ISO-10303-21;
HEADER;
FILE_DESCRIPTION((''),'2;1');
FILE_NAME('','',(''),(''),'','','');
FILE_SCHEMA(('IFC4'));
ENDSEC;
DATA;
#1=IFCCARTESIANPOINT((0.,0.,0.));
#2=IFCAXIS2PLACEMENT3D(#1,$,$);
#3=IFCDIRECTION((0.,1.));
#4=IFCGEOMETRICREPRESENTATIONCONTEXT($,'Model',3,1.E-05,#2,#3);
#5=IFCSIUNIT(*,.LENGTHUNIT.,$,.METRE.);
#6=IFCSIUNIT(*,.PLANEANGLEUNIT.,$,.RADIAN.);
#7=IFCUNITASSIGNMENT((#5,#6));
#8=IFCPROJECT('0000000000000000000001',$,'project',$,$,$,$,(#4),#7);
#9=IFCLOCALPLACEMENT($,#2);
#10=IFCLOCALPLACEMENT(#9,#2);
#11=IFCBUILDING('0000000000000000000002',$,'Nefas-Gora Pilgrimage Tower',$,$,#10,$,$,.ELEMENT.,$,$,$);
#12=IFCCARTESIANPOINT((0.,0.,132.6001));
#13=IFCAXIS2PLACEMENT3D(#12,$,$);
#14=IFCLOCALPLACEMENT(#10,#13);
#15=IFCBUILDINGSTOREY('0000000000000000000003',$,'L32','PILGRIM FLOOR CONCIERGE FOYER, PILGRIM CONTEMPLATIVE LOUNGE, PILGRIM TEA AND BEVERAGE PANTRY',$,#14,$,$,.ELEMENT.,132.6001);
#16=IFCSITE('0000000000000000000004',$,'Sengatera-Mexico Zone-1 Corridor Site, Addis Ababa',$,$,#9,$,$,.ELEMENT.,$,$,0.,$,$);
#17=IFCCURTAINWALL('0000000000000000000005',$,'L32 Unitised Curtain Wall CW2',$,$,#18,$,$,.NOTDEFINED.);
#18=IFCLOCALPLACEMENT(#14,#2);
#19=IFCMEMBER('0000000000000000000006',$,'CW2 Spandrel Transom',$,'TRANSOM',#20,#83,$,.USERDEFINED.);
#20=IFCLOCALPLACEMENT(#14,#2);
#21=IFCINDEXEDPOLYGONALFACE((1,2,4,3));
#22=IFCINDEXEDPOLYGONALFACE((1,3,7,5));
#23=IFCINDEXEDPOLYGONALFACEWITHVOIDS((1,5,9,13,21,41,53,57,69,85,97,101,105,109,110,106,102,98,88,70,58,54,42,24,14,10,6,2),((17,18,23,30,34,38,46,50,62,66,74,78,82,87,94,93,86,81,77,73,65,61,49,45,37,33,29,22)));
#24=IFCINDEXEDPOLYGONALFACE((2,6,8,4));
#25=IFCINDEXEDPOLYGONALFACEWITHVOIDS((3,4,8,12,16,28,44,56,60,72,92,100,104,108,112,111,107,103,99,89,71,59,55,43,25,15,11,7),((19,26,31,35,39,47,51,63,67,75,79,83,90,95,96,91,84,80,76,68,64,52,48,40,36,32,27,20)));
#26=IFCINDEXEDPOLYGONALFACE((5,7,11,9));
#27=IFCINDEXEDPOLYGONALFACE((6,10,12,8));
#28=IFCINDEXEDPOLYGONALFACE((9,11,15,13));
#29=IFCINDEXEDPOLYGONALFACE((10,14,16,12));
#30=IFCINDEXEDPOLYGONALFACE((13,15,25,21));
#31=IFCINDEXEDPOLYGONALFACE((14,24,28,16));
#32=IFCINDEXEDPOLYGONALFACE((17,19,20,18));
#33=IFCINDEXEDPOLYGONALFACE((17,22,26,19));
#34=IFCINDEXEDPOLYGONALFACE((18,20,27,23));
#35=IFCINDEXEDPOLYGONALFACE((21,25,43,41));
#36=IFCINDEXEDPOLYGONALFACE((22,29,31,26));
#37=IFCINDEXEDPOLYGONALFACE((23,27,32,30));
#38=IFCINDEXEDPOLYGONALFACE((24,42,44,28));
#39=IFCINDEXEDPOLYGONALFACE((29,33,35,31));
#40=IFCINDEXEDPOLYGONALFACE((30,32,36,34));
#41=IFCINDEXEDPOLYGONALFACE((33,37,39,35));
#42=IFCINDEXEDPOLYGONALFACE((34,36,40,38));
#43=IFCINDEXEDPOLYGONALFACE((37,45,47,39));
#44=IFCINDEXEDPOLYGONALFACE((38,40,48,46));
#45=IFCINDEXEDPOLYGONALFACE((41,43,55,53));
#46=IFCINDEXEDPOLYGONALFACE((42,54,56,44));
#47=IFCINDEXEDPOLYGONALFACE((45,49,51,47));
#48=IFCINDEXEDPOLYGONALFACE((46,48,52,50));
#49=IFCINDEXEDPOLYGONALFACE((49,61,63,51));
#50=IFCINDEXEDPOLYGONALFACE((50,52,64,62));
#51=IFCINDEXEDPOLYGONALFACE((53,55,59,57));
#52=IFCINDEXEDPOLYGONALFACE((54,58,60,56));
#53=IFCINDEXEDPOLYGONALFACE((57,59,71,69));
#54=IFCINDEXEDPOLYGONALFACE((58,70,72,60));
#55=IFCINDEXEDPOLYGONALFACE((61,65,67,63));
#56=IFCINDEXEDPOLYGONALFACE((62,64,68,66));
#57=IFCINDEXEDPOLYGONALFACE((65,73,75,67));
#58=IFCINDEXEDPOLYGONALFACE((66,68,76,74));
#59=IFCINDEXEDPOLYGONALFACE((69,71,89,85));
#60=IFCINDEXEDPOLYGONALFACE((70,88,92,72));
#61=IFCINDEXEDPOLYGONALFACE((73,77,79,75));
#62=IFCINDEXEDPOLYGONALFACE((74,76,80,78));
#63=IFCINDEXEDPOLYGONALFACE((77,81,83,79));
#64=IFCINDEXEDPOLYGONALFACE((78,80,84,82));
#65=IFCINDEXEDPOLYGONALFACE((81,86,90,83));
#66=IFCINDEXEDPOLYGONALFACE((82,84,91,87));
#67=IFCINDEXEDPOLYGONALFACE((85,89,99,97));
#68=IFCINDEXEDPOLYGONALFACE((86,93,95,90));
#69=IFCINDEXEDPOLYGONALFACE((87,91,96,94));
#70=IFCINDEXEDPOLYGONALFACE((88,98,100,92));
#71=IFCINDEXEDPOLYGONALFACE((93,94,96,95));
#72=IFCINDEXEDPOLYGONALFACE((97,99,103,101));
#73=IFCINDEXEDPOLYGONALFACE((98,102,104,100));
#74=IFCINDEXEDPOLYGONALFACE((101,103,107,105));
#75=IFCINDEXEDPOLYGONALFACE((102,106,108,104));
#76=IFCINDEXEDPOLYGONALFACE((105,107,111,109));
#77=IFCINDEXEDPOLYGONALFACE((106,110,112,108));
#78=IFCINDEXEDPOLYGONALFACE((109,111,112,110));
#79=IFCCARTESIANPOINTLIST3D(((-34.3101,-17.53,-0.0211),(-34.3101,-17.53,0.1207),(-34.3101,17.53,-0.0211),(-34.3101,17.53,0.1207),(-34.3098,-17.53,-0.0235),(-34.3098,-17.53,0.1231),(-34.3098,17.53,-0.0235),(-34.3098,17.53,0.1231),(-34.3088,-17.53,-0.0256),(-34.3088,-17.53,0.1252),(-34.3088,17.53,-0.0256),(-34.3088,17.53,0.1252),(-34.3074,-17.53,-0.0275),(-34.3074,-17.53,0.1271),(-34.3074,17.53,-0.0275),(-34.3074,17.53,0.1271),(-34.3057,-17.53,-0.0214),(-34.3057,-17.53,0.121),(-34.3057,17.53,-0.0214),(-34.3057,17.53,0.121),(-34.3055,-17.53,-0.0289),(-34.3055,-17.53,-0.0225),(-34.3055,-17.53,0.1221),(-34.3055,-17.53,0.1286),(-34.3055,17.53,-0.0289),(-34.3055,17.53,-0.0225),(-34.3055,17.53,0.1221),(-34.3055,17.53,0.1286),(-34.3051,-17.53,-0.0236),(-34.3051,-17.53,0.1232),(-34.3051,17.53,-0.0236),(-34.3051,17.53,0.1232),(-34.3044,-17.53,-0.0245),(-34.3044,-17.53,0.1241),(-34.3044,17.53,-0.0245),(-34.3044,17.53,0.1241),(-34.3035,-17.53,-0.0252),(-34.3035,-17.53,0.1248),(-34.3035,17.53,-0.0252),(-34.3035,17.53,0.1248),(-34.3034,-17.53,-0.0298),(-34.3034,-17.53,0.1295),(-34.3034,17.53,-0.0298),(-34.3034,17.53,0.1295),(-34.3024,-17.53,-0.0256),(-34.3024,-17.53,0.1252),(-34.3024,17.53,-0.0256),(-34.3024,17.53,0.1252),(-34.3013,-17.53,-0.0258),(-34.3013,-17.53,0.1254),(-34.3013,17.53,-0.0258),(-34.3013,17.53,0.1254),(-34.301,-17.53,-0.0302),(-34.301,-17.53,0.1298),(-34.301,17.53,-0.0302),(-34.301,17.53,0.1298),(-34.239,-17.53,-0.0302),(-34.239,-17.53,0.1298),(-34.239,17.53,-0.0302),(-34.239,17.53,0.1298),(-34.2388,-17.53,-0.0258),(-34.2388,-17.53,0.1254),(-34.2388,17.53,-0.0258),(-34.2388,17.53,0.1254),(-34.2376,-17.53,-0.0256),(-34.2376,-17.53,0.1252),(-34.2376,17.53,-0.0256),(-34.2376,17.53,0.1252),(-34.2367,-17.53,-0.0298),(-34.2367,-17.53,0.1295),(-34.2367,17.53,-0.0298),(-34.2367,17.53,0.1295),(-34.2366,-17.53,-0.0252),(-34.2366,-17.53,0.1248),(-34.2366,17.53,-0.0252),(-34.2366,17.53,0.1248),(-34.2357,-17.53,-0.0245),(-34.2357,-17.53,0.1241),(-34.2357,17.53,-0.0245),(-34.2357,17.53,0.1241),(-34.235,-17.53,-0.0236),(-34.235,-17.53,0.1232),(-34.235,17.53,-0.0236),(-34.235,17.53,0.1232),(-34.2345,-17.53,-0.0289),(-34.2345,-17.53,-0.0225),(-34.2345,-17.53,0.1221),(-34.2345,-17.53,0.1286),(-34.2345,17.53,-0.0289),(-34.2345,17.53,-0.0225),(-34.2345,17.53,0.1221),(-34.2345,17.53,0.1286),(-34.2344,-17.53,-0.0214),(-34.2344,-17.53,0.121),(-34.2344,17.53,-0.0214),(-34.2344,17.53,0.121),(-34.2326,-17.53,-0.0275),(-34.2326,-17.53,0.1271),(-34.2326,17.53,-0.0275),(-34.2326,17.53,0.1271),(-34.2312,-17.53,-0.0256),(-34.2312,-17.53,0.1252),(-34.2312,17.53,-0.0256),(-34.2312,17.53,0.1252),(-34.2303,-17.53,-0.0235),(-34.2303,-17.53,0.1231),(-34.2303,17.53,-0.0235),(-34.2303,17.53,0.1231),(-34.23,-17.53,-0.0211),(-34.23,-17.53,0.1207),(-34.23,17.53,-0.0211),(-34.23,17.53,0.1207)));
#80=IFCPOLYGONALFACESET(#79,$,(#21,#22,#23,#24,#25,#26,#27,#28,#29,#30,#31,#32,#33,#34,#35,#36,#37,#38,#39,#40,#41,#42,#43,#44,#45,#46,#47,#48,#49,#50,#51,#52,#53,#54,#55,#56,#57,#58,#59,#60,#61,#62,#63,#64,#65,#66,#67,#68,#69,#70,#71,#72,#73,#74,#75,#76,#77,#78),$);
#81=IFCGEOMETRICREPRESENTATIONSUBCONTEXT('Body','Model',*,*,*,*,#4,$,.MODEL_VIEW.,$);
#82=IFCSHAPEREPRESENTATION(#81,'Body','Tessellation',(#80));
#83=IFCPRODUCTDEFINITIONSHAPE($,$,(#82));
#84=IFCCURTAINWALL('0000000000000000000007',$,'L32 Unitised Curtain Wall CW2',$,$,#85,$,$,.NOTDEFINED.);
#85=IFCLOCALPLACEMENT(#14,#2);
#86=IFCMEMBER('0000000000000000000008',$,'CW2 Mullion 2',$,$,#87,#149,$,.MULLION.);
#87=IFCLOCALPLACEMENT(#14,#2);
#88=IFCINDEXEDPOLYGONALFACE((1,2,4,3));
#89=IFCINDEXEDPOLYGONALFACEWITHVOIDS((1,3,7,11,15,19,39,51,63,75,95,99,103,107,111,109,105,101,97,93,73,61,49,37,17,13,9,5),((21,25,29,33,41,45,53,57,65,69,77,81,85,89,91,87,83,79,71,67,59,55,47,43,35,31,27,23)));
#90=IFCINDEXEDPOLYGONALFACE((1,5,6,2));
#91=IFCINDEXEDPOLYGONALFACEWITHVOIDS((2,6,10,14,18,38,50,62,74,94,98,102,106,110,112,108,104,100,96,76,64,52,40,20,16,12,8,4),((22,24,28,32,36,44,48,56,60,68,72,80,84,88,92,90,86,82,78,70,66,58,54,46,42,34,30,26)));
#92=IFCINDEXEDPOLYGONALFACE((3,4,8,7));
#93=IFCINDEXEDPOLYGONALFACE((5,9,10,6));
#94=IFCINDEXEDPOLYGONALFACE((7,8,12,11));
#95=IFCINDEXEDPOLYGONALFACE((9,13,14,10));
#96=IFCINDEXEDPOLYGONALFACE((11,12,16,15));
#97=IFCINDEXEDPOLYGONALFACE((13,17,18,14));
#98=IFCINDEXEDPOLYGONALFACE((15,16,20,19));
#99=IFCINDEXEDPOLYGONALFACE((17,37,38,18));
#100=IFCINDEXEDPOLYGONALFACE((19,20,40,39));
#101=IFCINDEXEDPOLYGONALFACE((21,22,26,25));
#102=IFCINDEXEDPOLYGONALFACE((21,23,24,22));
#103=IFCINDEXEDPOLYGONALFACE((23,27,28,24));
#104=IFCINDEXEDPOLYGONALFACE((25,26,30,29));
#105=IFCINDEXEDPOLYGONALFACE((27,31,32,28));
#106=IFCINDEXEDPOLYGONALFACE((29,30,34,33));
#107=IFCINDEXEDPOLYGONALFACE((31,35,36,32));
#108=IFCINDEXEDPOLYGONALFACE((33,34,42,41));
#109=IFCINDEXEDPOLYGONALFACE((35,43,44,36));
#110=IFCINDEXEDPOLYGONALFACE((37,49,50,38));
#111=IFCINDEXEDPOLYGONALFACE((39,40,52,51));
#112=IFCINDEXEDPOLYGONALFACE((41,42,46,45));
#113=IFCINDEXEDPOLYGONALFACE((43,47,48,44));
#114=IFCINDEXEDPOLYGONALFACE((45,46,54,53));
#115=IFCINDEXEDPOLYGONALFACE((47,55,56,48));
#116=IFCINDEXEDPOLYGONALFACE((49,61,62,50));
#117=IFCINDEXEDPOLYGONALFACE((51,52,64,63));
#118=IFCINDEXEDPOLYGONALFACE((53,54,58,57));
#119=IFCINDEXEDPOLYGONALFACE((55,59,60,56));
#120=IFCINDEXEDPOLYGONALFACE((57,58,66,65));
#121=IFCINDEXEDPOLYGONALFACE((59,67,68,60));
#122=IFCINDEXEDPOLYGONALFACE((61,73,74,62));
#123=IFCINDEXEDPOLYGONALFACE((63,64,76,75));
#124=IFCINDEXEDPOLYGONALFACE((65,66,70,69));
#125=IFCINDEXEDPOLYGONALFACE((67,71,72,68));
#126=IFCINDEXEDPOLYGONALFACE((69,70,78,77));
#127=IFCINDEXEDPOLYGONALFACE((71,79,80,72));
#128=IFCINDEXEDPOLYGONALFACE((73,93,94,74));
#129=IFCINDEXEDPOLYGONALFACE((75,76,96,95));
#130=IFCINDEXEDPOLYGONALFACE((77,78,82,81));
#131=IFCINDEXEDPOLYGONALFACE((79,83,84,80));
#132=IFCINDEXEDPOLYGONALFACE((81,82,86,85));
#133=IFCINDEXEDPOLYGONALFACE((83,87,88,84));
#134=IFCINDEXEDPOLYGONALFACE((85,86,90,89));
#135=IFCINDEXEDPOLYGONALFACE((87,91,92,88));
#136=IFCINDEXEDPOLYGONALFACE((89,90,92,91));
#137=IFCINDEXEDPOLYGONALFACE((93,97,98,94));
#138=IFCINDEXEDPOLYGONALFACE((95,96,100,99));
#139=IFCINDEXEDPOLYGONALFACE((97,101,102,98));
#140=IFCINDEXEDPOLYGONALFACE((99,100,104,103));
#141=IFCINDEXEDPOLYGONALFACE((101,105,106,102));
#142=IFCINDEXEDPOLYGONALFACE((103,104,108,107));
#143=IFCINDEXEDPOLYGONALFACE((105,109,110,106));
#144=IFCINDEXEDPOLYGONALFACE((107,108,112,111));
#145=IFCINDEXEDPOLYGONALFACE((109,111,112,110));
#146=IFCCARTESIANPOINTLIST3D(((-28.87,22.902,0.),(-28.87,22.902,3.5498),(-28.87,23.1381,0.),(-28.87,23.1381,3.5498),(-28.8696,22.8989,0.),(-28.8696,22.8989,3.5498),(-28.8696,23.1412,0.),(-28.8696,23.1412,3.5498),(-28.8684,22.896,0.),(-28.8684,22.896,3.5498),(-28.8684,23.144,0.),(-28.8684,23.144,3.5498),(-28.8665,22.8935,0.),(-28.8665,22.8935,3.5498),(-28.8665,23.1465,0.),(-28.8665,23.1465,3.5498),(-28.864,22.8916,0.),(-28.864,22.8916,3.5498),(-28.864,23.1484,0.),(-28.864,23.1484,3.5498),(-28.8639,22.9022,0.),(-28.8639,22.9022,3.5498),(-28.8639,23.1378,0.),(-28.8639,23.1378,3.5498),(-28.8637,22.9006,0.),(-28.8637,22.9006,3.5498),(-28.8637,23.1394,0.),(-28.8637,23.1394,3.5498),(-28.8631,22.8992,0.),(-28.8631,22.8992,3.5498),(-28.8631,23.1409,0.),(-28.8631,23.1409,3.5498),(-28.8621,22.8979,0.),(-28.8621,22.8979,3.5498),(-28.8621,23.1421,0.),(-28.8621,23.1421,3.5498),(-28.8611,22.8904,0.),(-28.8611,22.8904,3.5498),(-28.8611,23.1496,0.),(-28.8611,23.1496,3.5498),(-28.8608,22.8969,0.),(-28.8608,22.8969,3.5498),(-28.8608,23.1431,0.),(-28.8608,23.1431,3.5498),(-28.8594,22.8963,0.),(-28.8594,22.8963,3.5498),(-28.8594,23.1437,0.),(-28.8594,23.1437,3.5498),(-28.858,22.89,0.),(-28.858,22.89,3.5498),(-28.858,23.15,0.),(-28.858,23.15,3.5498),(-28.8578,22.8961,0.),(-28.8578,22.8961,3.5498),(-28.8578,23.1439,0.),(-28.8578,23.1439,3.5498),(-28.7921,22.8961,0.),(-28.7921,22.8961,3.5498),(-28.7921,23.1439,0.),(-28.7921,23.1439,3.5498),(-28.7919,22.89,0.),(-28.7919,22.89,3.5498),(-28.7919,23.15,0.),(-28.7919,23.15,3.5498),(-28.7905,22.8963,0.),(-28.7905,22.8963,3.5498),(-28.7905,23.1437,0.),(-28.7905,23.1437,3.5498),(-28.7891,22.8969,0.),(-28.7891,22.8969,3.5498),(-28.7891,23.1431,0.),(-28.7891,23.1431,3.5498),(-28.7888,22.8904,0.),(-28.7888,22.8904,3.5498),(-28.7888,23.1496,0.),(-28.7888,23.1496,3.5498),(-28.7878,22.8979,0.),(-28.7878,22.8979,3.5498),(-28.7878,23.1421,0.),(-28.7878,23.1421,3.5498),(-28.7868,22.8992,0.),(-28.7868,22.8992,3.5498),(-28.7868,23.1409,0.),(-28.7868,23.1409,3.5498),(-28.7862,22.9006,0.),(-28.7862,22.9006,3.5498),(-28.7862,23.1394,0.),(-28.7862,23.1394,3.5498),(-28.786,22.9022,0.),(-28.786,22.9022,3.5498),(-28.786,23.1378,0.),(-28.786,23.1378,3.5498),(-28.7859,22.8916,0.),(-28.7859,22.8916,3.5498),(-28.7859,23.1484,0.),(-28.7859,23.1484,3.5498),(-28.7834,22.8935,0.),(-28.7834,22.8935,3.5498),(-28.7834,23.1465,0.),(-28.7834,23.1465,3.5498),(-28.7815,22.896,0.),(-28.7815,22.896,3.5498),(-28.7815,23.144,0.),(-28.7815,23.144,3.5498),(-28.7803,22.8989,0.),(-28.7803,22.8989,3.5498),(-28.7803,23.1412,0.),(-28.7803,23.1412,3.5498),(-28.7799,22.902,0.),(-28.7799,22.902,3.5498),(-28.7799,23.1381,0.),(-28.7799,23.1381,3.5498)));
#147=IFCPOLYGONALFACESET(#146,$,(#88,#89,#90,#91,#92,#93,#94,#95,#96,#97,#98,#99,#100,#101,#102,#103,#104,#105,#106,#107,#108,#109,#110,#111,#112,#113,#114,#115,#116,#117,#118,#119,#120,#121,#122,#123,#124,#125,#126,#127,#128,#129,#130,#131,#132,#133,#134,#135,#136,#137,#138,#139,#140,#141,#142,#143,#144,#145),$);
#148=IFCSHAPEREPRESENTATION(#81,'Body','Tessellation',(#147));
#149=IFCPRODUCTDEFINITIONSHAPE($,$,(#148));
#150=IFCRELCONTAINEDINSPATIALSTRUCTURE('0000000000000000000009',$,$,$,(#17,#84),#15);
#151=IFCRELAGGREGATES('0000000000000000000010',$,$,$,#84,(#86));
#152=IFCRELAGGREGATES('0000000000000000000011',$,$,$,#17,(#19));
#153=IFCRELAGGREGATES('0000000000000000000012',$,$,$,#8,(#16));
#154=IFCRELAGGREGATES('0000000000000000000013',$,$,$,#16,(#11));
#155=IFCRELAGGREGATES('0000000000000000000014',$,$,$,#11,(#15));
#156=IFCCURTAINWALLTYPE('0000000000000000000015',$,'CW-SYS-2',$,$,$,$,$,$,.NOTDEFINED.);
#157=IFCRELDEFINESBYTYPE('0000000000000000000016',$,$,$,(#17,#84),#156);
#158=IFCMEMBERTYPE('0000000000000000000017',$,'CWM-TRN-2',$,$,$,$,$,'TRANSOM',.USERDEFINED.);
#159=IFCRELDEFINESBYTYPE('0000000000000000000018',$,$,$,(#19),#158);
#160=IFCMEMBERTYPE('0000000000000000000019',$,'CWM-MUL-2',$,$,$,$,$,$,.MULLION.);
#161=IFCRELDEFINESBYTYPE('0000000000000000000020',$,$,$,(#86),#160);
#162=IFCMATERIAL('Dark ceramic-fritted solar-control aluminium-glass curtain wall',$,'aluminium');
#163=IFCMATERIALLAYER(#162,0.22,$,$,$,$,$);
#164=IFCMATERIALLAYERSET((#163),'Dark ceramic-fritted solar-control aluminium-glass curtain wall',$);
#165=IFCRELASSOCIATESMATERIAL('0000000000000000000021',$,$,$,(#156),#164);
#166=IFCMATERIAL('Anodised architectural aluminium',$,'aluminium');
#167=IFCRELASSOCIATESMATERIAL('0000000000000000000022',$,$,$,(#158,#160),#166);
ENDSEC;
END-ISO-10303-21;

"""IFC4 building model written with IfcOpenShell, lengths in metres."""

from ifc_helpers import new_model, si_unit, direction, frame, origin, origin_2d, place, context, subcontext, project, spatial, hollow_rectangle, extrude, source, transform, mapped, material, layer, layer_set, material_profile, profile_set, type_object, element, aggregate, save


model = new_model("IFC4")

# Units and contexts
model_context = context("Model", 3, precision=1e-05, world=origin(), true_north=direction((0.0, 1.0)))
body_context = subcontext(model_context, "Body", "Model", "MODEL_VIEW")
ifc_project = project(units=[si_unit("LENGTHUNIT", "METRE"), si_unit("PLANEANGLEUNIT", "RADIAN")], contexts=[model_context])

# Site, building, storey
site_placement = place(None, origin())
site = spatial("IfcSite", under=ifc_project, at=site_placement, Name="Sengatera-Mexico Zone-1 Corridor Site, Addis Ababa", CompositionType="ELEMENT", RefElevation=0.0)
building_placement = place(site_placement, origin())
building = spatial("IfcBuilding", under=site, at=building_placement, Name="Nefas-Gora Pilgrimage Tower", CompositionType="ELEMENT")
storey_placement = place(building_placement, frame((0.0, 0.0, 132.6001)))
storey = spatial("IfcBuildingStorey", under=building, at=storey_placement, Name="L32", Description="PILGRIM FLOOR CONCIERGE FOYER, PILGRIM CONTEMPLATIVE LOUNGE, PILGRIM TEA AND BEVERAGE PANTRY", CompositionType="ELEMENT", Elevation=132.6001)

# Curtain walls, members
ifc_material_1 = material(Name="Dark ceramic-fritted solar-control aluminium-glass curtain wall", Category="aluminium")
ifc_layer_1 = layer(ifc_material_1, 0.22)
ifc_layer_set_1 = layer_set([ifc_layer_1], Name="Dark ceramic-fritted solar-control aluminium-glass curtain wall")
curtain_wall_type = type_object("IfcCurtainWallType", Name="CW-SYS-2", PredefinedType="NOTDEFINED", material=ifc_layer_set_1)
curtain_wall_1_placement = place(storey_placement, origin())
curtain_wall_1 = element("IfcCurtainWall", 1, at=curtain_wall_1_placement, inside=storey, type_object=curtain_wall_type, Name="L32 Unitised Curtain Wall CW2", PredefinedType="NOTDEFINED")
ifc_material_2 = material(Name="Anodised architectural aluminium", Category="aluminium")
ifc_material_profile_1 = material_profile(ifc_material_2, hollow_rectangle(XDim=0.0801, YDim=0.1599, WallThickness=0.0044, InnerFilletRadius=0.0044, OuterFilletRadius=0.009, at=origin_2d()), Name="ALU TRANSOM 80x160")
ifc_profile_set_1 = profile_set([ifc_material_profile_1], Name="Anodised architectural aluminium")
member_type_1 = type_object("IfcMemberType", Name="CWM-TRN-2", ElementType="TRANSOM", PredefinedType="USERDEFINED", material=ifc_profile_set_1)
shared_shape_1 = source(origin(), body_context, "Body", "SweptSolid", [
    extrude(hollow_rectangle(XDim=0.0801, YDim=0.1599, WallThickness=0.0044, InnerFilletRadius=0.0044, OuterFilletRadius=0.009, at=origin_2d()), origin(), (0.0, 0.0, 1.0), 35.0601),
])
member_1_placement = place(storey_placement, frame((-34.27, 17.53, 0.0498), z_axis=(0.0, -1.0, 0.0), x_axis=(1.0, 0.0, 0.0)))
member_1 = element("IfcMember", 2, at=member_1_placement, type_object=member_type_1, Name="CW2 Spandrel Transom", ObjectType="TRANSOM", PredefinedType="USERDEFINED", context=body_context, shape_type="MappedRepresentation", body=[
    mapped(shared_shape_1, transform((0.0, 0.0, 0.0), x_axis=(1.0, 0.0, 0.0), y_axis=(0.0, 1.0, 0.0), z_axis=(0.0, 0.0, 1.0), scale=1.0)),
])
curtain_wall_2_placement = place(storey_placement, origin())
curtain_wall_2 = element("IfcCurtainWall", 3, at=curtain_wall_2_placement, inside=storey, type_object=curtain_wall_type, Name="L32 Unitised Curtain Wall CW2", PredefinedType="NOTDEFINED")
ifc_material_profile_2 = material_profile(ifc_material_2, hollow_rectangle(XDim=0.0901, YDim=0.26, WallThickness=0.0061, InnerFilletRadius=0.0061, OuterFilletRadius=0.012, at=origin_2d()), Name="ALU MULLION 90x260")
ifc_profile_set_2 = profile_set([ifc_material_profile_2], Name="Anodised architectural aluminium")
member_type_2 = type_object("IfcMemberType", Name="CWM-MUL-2", PredefinedType="MULLION", material=ifc_profile_set_2)
shared_shape_2 = source(origin(), body_context, "Body", "SweptSolid", [
    extrude(hollow_rectangle(XDim=0.0901, YDim=0.26, WallThickness=0.0061, InnerFilletRadius=0.0061, OuterFilletRadius=0.012, at=origin_2d()), origin(), (0.0, 0.0, 1.0), 3.5498),
])
member_2_placement = place(storey_placement, frame((-28.825, 23.02, 0.0), z_axis=(0.0, 0.0, 1.0), x_axis=(-1.0, 0.0, 0.0)))
member_2 = element("IfcMember", 4, at=member_2_placement, type_object=member_type_2, Name="CW2 Mullion 2", PredefinedType="MULLION", context=body_context, shape_type="MappedRepresentation", body=[
    mapped(shared_shape_2, transform((0.0, 0.0, 0.0), x_axis=(1.0, 0.0, 0.0), y_axis=(0.0, 1.0, 0.0), z_axis=(0.0, 0.0, 1.0), scale=1.0)),
])
aggregate(curtain_wall_2, [member_2])

aggregate(curtain_wall_1, [member_1])

save(model, "model.ifc")
